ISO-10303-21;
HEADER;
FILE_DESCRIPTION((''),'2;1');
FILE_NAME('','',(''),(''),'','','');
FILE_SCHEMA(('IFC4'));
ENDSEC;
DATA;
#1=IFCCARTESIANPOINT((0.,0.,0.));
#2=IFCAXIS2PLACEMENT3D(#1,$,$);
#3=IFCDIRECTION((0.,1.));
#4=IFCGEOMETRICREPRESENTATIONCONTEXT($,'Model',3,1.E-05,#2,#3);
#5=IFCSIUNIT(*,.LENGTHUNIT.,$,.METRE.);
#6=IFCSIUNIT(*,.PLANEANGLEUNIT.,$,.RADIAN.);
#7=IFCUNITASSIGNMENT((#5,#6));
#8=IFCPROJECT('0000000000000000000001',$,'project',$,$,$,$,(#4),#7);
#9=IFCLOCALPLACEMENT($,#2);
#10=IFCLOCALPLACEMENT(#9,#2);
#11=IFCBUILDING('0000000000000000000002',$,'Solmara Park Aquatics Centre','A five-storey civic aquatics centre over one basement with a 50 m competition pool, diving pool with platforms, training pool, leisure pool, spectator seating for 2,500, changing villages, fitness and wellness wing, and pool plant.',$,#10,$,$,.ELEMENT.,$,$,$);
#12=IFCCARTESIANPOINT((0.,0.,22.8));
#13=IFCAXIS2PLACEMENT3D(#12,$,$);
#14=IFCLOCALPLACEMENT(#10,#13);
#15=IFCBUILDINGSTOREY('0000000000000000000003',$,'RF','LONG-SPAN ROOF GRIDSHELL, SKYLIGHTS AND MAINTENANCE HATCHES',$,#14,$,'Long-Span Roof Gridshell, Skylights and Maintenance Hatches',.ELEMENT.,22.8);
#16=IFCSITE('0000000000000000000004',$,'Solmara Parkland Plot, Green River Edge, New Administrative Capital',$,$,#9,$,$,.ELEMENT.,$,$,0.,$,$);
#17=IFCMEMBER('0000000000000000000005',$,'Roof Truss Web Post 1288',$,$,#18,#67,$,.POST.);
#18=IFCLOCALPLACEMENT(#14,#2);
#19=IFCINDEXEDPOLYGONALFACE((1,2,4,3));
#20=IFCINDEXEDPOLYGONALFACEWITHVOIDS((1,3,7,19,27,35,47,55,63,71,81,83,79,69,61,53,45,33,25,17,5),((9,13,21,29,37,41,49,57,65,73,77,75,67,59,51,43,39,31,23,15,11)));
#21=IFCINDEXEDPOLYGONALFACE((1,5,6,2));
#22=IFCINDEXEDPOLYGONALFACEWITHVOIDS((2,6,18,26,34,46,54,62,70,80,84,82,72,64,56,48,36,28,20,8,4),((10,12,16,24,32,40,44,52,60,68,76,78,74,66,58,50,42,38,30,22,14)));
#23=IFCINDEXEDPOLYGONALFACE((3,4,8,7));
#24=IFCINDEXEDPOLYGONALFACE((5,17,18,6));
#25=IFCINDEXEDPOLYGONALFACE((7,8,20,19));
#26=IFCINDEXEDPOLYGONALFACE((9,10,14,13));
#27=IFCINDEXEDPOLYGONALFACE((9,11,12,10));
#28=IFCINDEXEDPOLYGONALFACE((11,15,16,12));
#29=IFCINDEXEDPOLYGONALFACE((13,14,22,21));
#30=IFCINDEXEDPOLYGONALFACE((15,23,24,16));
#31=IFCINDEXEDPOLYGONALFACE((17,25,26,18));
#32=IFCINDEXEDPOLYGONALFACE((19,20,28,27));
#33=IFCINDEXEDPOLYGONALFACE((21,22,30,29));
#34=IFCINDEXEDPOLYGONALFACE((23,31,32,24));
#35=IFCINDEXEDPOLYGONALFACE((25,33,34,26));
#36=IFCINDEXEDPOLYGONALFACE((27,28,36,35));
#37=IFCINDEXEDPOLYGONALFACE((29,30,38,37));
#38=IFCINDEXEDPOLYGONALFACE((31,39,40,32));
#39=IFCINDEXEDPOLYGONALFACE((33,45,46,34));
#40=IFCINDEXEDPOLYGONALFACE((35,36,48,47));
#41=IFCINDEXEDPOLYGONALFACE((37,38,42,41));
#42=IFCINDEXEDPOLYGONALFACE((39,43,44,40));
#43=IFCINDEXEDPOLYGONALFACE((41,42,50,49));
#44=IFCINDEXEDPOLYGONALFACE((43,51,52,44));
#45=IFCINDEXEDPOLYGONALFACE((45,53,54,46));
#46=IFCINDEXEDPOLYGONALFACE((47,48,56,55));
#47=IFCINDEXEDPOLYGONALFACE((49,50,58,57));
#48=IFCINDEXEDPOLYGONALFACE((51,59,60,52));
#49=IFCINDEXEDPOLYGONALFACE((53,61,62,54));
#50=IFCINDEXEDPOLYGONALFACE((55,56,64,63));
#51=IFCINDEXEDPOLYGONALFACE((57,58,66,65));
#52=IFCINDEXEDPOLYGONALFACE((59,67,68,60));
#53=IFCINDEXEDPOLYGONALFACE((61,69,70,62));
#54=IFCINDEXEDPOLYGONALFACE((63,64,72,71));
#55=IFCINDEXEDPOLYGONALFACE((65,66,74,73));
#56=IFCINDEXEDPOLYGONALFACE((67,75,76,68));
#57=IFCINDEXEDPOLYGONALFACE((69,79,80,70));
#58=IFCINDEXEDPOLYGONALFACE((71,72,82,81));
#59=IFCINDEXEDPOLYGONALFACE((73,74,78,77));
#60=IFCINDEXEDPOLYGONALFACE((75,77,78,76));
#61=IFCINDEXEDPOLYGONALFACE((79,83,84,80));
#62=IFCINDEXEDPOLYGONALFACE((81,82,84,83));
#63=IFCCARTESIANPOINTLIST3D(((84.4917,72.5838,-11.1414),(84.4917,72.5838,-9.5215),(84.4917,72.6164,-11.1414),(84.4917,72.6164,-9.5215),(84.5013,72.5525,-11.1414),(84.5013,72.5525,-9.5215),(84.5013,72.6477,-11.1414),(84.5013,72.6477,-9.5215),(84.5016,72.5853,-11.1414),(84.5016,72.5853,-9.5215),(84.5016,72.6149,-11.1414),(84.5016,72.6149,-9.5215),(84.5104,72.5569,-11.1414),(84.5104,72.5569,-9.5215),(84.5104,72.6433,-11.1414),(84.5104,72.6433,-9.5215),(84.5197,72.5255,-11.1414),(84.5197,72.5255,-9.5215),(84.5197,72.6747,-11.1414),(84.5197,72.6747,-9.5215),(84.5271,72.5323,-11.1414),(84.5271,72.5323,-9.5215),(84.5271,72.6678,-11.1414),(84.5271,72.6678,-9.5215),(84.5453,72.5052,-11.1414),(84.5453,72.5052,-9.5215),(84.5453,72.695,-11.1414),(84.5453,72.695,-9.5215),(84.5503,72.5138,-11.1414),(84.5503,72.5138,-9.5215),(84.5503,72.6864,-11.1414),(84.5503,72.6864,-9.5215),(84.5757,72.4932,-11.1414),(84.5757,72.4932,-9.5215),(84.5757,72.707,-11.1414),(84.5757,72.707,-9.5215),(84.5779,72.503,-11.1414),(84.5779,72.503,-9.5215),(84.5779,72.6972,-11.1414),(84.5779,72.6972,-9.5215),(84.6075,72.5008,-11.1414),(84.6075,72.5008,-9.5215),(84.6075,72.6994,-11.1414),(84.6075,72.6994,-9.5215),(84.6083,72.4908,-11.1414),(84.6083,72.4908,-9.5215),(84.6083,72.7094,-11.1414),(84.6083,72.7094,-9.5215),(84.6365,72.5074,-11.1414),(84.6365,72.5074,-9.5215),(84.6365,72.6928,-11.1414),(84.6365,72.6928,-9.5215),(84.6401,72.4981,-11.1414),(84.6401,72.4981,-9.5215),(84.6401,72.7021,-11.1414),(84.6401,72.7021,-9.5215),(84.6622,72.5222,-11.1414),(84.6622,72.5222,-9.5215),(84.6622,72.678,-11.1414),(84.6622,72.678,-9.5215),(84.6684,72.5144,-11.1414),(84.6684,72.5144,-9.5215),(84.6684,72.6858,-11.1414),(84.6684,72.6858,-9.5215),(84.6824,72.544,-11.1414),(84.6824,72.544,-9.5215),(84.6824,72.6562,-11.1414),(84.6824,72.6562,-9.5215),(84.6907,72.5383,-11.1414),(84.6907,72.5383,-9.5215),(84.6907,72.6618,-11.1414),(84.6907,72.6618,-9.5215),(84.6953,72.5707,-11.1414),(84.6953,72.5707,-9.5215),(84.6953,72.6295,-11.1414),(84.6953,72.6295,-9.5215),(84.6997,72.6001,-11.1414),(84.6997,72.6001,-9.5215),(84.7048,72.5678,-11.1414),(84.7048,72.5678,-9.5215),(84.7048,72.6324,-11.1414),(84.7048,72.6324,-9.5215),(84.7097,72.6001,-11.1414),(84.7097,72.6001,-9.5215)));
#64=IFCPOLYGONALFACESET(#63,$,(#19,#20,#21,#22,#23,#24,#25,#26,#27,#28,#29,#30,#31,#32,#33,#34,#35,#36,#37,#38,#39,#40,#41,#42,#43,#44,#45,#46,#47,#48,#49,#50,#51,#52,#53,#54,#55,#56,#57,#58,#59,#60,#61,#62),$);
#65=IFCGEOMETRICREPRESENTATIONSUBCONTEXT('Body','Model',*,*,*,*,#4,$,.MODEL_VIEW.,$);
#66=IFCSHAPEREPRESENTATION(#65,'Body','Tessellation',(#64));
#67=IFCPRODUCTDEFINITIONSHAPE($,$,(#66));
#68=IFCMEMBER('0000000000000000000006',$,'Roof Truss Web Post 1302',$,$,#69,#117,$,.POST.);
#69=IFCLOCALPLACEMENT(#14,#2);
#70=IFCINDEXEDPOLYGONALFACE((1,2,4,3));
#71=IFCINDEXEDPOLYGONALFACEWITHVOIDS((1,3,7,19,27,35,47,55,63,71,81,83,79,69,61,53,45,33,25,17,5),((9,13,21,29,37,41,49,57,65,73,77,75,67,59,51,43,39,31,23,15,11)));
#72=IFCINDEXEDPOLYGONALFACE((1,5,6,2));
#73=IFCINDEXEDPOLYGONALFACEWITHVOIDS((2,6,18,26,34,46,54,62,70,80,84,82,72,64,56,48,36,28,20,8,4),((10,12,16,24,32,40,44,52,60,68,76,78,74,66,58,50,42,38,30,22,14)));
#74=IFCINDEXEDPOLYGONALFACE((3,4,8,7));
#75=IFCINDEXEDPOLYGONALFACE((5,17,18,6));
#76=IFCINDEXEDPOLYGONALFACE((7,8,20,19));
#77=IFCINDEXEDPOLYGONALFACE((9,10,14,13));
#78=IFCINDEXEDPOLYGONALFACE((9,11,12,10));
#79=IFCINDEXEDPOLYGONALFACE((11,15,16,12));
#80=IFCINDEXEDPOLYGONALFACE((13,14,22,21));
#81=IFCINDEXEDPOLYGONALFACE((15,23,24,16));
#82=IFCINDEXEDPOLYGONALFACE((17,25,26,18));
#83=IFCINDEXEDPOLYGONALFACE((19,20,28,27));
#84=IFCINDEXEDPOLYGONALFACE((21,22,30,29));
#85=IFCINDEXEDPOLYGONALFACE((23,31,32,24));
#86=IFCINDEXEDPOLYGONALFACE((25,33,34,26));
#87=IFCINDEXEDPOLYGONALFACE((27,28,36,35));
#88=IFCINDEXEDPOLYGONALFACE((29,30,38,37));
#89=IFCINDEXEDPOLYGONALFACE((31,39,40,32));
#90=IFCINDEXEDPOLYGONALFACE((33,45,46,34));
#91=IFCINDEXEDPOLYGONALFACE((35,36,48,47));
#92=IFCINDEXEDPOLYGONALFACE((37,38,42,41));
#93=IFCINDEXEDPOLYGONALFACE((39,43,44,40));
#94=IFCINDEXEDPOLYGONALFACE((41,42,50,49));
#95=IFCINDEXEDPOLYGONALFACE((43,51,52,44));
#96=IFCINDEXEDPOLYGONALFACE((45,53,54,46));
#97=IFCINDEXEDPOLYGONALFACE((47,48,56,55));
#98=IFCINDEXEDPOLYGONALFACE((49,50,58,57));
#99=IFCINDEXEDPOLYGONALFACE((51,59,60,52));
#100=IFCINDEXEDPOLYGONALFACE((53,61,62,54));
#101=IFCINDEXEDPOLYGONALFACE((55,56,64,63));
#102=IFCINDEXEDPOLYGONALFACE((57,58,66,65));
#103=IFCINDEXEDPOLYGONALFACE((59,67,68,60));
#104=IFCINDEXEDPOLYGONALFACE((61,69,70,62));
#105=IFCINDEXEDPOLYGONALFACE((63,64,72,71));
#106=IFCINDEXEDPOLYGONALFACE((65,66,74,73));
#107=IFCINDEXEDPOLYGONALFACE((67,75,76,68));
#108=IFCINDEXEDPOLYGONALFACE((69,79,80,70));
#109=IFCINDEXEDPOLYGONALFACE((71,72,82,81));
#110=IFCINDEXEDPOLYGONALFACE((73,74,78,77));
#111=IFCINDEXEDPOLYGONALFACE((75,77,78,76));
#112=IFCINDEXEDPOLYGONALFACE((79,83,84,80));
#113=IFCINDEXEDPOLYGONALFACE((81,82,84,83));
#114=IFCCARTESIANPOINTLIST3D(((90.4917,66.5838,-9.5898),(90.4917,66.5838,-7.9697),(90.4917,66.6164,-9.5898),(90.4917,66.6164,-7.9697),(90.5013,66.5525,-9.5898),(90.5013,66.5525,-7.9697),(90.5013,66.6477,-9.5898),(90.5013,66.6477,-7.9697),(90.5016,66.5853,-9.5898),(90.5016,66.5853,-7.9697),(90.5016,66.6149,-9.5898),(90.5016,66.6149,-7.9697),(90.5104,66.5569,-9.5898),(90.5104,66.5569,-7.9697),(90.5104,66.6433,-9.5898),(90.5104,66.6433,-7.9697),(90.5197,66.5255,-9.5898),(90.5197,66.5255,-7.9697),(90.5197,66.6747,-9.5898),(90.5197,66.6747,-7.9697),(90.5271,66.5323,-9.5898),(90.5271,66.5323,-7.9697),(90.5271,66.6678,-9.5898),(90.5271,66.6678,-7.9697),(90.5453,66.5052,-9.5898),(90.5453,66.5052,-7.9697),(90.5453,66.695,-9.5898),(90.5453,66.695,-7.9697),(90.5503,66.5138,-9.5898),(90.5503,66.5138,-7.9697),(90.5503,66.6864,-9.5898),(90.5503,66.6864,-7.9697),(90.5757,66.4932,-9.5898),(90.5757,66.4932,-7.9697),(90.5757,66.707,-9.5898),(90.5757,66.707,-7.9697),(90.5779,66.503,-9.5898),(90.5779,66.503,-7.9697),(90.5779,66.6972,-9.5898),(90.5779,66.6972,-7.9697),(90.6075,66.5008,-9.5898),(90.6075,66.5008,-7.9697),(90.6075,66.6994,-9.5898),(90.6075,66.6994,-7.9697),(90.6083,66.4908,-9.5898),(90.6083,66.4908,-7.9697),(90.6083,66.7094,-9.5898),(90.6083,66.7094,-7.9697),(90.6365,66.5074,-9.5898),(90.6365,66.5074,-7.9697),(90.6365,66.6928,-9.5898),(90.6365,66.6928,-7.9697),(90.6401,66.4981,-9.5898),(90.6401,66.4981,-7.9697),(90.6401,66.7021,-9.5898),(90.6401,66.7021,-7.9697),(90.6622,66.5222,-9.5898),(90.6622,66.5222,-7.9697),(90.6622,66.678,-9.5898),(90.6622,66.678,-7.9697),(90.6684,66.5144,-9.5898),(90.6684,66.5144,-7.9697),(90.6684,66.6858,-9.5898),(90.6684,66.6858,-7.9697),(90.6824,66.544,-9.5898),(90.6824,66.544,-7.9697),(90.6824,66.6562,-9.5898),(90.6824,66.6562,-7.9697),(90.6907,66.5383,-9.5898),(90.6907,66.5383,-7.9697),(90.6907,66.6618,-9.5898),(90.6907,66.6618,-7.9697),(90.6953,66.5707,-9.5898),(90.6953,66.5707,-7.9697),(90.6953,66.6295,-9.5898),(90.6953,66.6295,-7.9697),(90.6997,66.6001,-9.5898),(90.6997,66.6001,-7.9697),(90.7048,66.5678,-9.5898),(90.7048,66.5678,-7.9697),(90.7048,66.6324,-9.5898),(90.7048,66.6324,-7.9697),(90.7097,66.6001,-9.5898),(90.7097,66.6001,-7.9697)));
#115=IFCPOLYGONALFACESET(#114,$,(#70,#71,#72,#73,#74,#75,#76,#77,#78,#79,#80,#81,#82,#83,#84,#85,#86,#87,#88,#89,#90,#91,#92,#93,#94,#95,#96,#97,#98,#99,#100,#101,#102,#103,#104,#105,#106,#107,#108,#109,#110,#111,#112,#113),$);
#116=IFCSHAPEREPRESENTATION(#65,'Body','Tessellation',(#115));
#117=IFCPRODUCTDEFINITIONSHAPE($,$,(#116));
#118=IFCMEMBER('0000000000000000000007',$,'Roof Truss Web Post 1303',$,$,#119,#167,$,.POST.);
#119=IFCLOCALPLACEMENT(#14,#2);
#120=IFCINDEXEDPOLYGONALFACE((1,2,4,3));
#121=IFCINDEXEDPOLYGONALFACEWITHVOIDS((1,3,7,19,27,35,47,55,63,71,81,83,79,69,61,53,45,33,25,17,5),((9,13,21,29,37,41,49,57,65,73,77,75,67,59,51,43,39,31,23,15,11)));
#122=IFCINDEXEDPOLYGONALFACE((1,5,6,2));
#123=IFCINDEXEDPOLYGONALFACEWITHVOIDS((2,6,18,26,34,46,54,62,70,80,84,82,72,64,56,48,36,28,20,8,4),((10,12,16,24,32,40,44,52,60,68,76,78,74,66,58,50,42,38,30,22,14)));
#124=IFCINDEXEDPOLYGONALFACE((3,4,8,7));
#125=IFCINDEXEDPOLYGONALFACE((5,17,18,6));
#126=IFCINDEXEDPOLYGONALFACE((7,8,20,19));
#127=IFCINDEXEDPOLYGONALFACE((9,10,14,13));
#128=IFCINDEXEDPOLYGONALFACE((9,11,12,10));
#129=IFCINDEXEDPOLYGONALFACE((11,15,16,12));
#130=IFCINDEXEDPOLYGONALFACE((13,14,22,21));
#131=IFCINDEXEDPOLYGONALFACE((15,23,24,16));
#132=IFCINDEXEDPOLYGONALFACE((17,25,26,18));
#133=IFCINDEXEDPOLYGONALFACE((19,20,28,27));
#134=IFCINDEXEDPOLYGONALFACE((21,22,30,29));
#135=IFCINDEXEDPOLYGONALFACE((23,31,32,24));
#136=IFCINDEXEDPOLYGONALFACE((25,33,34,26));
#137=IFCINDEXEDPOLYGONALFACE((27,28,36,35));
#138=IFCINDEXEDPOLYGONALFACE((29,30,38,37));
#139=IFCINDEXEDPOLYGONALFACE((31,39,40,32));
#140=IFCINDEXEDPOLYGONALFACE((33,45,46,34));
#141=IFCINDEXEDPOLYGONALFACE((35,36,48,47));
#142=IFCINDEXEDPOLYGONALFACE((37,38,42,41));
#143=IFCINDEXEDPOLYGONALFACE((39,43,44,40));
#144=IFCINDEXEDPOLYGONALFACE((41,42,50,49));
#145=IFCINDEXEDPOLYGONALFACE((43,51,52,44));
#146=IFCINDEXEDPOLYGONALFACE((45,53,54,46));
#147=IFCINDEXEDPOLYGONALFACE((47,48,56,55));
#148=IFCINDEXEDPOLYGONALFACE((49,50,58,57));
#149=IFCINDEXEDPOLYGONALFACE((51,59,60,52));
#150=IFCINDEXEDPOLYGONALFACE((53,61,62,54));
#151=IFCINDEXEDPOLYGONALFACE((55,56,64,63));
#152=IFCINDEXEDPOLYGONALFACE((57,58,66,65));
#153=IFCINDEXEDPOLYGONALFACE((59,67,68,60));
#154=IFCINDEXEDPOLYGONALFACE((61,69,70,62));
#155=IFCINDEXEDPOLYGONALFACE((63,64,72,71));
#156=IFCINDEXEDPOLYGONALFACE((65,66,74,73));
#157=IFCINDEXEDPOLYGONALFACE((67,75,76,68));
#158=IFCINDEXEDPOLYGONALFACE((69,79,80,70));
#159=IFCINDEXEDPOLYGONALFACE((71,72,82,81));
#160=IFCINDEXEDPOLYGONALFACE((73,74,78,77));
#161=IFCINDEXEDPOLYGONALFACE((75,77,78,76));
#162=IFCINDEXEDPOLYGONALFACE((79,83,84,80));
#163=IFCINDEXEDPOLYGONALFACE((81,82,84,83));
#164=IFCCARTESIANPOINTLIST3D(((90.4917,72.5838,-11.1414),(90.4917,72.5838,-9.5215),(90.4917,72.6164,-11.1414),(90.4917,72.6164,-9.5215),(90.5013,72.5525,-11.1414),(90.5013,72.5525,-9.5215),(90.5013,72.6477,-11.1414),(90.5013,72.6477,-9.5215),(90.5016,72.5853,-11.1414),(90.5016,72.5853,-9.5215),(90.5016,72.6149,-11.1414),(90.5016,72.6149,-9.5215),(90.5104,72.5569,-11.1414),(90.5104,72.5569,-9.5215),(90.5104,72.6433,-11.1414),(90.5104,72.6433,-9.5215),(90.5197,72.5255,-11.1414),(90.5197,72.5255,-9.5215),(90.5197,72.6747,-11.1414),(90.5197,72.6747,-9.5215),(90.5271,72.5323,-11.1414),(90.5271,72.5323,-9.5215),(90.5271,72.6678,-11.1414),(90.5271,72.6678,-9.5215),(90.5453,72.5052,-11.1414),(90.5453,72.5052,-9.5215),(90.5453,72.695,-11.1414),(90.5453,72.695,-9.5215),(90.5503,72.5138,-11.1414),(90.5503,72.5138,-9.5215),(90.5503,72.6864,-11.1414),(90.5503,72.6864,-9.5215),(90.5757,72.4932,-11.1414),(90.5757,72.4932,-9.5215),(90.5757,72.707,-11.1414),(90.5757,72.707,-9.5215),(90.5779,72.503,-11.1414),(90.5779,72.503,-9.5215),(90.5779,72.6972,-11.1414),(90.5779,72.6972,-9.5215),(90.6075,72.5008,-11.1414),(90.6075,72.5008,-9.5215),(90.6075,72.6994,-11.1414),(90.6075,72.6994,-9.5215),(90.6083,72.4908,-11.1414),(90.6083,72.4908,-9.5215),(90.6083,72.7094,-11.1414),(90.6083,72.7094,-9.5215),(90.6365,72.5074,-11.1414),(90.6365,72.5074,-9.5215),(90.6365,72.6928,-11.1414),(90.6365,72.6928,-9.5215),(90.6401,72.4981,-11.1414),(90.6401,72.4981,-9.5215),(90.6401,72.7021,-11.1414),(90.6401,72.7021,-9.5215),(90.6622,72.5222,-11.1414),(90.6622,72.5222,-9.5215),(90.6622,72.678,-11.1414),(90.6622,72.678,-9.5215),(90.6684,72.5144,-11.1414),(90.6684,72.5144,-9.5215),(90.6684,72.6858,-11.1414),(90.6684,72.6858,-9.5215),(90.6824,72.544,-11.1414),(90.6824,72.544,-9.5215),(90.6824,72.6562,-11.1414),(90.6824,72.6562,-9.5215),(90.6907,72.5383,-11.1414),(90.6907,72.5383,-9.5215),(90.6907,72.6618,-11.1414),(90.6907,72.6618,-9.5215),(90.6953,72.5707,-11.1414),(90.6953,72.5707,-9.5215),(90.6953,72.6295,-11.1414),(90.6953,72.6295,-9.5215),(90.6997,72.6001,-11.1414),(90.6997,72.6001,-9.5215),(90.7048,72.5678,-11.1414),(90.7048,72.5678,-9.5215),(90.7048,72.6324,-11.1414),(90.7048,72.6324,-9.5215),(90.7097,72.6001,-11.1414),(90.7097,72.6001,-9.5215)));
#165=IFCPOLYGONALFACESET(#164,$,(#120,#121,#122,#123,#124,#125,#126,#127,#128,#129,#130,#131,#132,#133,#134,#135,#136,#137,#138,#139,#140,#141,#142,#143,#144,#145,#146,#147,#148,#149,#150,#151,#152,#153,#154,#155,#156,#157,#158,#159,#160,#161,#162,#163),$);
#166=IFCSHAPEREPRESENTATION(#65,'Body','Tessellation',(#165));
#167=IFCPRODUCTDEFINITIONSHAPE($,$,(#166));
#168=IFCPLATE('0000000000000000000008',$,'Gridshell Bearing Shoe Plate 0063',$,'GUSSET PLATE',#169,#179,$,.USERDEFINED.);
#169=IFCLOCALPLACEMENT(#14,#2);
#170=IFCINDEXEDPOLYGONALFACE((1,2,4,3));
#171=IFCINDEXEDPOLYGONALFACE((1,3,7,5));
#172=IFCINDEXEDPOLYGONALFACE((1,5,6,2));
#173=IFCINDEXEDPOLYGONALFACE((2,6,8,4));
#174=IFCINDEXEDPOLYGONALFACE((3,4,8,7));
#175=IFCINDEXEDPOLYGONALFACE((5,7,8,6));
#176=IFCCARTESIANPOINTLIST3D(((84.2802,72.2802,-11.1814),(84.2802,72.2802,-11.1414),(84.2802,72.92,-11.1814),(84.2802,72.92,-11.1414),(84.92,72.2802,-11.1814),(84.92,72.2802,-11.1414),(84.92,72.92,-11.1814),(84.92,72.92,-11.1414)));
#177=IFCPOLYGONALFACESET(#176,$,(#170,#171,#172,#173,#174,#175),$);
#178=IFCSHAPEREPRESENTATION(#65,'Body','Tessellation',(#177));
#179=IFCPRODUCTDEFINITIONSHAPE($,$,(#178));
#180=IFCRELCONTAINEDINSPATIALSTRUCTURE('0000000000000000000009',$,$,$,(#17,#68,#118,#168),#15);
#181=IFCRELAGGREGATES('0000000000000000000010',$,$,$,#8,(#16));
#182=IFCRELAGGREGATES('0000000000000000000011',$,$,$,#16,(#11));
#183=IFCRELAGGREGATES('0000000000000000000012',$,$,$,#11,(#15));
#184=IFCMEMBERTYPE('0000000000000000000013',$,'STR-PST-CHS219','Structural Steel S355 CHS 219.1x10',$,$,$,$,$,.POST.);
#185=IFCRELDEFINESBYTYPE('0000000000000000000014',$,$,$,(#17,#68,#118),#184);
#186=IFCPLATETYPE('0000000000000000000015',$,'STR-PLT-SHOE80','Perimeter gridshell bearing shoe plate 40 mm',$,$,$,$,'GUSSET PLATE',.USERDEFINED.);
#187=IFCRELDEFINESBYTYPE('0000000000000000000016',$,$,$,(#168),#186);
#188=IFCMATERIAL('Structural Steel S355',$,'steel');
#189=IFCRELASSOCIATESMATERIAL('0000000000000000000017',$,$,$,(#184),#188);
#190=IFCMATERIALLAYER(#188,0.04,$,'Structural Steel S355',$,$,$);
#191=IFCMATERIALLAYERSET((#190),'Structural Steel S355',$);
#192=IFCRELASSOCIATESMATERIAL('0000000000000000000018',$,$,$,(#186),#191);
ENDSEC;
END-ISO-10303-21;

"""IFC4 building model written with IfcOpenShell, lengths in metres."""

from ifc_helpers import new_model, si_unit, direction, frame, origin, origin_2d, place, context, subcontext, project, spatial, rectangle, hollow_circle, extrude, material, layer, layer_set, material_profile, profile_set, type_object, element, save


model = new_model("IFC4")

# Units and contexts
model_context = context("Model", 3, precision=1e-05, world=origin(), true_north=direction((0.0, 1.0)))
body_context = subcontext(model_context, "Body", "Model", "MODEL_VIEW")
ifc_project = project(units=[si_unit("LENGTHUNIT", "METRE"), si_unit("PLANEANGLEUNIT", "RADIAN")], contexts=[model_context])

# Site, building, storey
site_placement = place(None, origin())
site = spatial("IfcSite", under=ifc_project, at=site_placement, Name="Solmara Parkland Plot, Green River Edge, New Administrative Capital", CompositionType="ELEMENT", RefElevation=0.0)
building_placement = place(site_placement, origin())
building = spatial("IfcBuilding", under=site, at=building_placement, Name="Solmara Park Aquatics Centre", Description="A five-storey civic aquatics centre over one basement with a 50 m competition pool, diving pool with platforms, training pool, leisure pool, spectator seating for 2,500, changing villages, fitness and wellness wing, and pool plant.", CompositionType="ELEMENT")
storey_placement = place(building_placement, frame((0.0, 0.0, 22.8)))
storey = spatial("IfcBuildingStorey", under=building, at=storey_placement, Name="RF", Description="LONG-SPAN ROOF GRIDSHELL, SKYLIGHTS AND MAINTENANCE HATCHES", LongName="Long-Span Roof Gridshell, Skylights and Maintenance Hatches", CompositionType="ELEMENT", Elevation=22.8)

# Members
ifc_material_1 = material(Name="Structural Steel S355", Category="steel")
ifc_material_profile_1 = material_profile(ifc_material_1, hollow_circle(Radius=0.1096, WallThickness=0.01, at=origin_2d()), Name="CHS 219.1x10")
ifc_profile_set_1 = profile_set([ifc_material_profile_1], Name="Structural Steel S355")
member_type_1 = type_object("IfcMemberType", Name="STR-PST-CHS219", Description="Structural Steel S355 CHS 219.1x10", PredefinedType="POST", material=ifc_profile_set_1)
member_1_placement = place(storey_placement, frame((84.6001, 72.6001, -11.1414), z_axis=(0.0, 0.0, 1.0), x_axis=(1.0, 0.0, 0.0)))
element("IfcMember", 1, at=member_1_placement, inside=storey, type_object=member_type_1, Name="Roof Truss Web Post 1288", PredefinedType="POST", context=body_context, shape_type="SweptSolid", body=[
    extrude(hollow_circle(Radius=0.1096, WallThickness=0.01, at=origin_2d()), origin(), (0.0, 0.0, 1.0), 1.6199),
])
member_2_placement = place(storey_placement, frame((90.6001, 66.6001, -9.5898), z_axis=(0.0, 0.0, 1.0), x_axis=(1.0, 0.0, 0.0)))
element("IfcMember", 2, at=member_2_placement, inside=storey, type_object=member_type_1, Name="Roof Truss Web Post 1302", PredefinedType="POST", context=body_context, shape_type="SweptSolid", body=[
    extrude(hollow_circle(Radius=0.1096, WallThickness=0.01, at=origin_2d()), origin(), (0.0, 0.0, 1.0), 1.6201),
])
member_3_placement = place(storey_placement, frame((90.6001, 72.6001, -11.1414), z_axis=(0.0, 0.0, 1.0), x_axis=(1.0, 0.0, 0.0)))
element("IfcMember", 3, at=member_3_placement, inside=storey, type_object=member_type_1, Name="Roof Truss Web Post 1303", PredefinedType="POST", context=body_context, shape_type="SweptSolid", body=[
    extrude(hollow_circle(Radius=0.1096, WallThickness=0.01, at=origin_2d()), origin(), (0.0, 0.0, 1.0), 1.6199),
])

# Plate
ifc_layer = layer(ifc_material_1, 0.04, Name="Structural Steel S355")
ifc_layer_set = layer_set([ifc_layer], Name="Structural Steel S355")
plate_type = type_object("IfcPlateType", Name="STR-PLT-SHOE80", Description="Perimeter gridshell bearing shoe plate 40 mm", ElementType="GUSSET PLATE", PredefinedType="USERDEFINED", material=ifc_layer_set)
plate_placement = place(storey_placement, frame((84.6001, 72.6001, -11.1814), z_axis=(0.0, 0.0, 1.0), x_axis=(1.0, 0.0, 0.0)))
element("IfcPlate", 4, at=plate_placement, inside=storey, type_object=plate_type, Name="Gridshell Bearing Shoe Plate 0063", ObjectType="GUSSET PLATE", PredefinedType="USERDEFINED", context=body_context, shape_type="SweptSolid", body=[
    extrude(rectangle(XDim=0.6399, YDim=0.6399, at=origin_2d()), origin(), (0.0, 0.0, 1.0), 0.04),
])

save(model, "model.ifc")
